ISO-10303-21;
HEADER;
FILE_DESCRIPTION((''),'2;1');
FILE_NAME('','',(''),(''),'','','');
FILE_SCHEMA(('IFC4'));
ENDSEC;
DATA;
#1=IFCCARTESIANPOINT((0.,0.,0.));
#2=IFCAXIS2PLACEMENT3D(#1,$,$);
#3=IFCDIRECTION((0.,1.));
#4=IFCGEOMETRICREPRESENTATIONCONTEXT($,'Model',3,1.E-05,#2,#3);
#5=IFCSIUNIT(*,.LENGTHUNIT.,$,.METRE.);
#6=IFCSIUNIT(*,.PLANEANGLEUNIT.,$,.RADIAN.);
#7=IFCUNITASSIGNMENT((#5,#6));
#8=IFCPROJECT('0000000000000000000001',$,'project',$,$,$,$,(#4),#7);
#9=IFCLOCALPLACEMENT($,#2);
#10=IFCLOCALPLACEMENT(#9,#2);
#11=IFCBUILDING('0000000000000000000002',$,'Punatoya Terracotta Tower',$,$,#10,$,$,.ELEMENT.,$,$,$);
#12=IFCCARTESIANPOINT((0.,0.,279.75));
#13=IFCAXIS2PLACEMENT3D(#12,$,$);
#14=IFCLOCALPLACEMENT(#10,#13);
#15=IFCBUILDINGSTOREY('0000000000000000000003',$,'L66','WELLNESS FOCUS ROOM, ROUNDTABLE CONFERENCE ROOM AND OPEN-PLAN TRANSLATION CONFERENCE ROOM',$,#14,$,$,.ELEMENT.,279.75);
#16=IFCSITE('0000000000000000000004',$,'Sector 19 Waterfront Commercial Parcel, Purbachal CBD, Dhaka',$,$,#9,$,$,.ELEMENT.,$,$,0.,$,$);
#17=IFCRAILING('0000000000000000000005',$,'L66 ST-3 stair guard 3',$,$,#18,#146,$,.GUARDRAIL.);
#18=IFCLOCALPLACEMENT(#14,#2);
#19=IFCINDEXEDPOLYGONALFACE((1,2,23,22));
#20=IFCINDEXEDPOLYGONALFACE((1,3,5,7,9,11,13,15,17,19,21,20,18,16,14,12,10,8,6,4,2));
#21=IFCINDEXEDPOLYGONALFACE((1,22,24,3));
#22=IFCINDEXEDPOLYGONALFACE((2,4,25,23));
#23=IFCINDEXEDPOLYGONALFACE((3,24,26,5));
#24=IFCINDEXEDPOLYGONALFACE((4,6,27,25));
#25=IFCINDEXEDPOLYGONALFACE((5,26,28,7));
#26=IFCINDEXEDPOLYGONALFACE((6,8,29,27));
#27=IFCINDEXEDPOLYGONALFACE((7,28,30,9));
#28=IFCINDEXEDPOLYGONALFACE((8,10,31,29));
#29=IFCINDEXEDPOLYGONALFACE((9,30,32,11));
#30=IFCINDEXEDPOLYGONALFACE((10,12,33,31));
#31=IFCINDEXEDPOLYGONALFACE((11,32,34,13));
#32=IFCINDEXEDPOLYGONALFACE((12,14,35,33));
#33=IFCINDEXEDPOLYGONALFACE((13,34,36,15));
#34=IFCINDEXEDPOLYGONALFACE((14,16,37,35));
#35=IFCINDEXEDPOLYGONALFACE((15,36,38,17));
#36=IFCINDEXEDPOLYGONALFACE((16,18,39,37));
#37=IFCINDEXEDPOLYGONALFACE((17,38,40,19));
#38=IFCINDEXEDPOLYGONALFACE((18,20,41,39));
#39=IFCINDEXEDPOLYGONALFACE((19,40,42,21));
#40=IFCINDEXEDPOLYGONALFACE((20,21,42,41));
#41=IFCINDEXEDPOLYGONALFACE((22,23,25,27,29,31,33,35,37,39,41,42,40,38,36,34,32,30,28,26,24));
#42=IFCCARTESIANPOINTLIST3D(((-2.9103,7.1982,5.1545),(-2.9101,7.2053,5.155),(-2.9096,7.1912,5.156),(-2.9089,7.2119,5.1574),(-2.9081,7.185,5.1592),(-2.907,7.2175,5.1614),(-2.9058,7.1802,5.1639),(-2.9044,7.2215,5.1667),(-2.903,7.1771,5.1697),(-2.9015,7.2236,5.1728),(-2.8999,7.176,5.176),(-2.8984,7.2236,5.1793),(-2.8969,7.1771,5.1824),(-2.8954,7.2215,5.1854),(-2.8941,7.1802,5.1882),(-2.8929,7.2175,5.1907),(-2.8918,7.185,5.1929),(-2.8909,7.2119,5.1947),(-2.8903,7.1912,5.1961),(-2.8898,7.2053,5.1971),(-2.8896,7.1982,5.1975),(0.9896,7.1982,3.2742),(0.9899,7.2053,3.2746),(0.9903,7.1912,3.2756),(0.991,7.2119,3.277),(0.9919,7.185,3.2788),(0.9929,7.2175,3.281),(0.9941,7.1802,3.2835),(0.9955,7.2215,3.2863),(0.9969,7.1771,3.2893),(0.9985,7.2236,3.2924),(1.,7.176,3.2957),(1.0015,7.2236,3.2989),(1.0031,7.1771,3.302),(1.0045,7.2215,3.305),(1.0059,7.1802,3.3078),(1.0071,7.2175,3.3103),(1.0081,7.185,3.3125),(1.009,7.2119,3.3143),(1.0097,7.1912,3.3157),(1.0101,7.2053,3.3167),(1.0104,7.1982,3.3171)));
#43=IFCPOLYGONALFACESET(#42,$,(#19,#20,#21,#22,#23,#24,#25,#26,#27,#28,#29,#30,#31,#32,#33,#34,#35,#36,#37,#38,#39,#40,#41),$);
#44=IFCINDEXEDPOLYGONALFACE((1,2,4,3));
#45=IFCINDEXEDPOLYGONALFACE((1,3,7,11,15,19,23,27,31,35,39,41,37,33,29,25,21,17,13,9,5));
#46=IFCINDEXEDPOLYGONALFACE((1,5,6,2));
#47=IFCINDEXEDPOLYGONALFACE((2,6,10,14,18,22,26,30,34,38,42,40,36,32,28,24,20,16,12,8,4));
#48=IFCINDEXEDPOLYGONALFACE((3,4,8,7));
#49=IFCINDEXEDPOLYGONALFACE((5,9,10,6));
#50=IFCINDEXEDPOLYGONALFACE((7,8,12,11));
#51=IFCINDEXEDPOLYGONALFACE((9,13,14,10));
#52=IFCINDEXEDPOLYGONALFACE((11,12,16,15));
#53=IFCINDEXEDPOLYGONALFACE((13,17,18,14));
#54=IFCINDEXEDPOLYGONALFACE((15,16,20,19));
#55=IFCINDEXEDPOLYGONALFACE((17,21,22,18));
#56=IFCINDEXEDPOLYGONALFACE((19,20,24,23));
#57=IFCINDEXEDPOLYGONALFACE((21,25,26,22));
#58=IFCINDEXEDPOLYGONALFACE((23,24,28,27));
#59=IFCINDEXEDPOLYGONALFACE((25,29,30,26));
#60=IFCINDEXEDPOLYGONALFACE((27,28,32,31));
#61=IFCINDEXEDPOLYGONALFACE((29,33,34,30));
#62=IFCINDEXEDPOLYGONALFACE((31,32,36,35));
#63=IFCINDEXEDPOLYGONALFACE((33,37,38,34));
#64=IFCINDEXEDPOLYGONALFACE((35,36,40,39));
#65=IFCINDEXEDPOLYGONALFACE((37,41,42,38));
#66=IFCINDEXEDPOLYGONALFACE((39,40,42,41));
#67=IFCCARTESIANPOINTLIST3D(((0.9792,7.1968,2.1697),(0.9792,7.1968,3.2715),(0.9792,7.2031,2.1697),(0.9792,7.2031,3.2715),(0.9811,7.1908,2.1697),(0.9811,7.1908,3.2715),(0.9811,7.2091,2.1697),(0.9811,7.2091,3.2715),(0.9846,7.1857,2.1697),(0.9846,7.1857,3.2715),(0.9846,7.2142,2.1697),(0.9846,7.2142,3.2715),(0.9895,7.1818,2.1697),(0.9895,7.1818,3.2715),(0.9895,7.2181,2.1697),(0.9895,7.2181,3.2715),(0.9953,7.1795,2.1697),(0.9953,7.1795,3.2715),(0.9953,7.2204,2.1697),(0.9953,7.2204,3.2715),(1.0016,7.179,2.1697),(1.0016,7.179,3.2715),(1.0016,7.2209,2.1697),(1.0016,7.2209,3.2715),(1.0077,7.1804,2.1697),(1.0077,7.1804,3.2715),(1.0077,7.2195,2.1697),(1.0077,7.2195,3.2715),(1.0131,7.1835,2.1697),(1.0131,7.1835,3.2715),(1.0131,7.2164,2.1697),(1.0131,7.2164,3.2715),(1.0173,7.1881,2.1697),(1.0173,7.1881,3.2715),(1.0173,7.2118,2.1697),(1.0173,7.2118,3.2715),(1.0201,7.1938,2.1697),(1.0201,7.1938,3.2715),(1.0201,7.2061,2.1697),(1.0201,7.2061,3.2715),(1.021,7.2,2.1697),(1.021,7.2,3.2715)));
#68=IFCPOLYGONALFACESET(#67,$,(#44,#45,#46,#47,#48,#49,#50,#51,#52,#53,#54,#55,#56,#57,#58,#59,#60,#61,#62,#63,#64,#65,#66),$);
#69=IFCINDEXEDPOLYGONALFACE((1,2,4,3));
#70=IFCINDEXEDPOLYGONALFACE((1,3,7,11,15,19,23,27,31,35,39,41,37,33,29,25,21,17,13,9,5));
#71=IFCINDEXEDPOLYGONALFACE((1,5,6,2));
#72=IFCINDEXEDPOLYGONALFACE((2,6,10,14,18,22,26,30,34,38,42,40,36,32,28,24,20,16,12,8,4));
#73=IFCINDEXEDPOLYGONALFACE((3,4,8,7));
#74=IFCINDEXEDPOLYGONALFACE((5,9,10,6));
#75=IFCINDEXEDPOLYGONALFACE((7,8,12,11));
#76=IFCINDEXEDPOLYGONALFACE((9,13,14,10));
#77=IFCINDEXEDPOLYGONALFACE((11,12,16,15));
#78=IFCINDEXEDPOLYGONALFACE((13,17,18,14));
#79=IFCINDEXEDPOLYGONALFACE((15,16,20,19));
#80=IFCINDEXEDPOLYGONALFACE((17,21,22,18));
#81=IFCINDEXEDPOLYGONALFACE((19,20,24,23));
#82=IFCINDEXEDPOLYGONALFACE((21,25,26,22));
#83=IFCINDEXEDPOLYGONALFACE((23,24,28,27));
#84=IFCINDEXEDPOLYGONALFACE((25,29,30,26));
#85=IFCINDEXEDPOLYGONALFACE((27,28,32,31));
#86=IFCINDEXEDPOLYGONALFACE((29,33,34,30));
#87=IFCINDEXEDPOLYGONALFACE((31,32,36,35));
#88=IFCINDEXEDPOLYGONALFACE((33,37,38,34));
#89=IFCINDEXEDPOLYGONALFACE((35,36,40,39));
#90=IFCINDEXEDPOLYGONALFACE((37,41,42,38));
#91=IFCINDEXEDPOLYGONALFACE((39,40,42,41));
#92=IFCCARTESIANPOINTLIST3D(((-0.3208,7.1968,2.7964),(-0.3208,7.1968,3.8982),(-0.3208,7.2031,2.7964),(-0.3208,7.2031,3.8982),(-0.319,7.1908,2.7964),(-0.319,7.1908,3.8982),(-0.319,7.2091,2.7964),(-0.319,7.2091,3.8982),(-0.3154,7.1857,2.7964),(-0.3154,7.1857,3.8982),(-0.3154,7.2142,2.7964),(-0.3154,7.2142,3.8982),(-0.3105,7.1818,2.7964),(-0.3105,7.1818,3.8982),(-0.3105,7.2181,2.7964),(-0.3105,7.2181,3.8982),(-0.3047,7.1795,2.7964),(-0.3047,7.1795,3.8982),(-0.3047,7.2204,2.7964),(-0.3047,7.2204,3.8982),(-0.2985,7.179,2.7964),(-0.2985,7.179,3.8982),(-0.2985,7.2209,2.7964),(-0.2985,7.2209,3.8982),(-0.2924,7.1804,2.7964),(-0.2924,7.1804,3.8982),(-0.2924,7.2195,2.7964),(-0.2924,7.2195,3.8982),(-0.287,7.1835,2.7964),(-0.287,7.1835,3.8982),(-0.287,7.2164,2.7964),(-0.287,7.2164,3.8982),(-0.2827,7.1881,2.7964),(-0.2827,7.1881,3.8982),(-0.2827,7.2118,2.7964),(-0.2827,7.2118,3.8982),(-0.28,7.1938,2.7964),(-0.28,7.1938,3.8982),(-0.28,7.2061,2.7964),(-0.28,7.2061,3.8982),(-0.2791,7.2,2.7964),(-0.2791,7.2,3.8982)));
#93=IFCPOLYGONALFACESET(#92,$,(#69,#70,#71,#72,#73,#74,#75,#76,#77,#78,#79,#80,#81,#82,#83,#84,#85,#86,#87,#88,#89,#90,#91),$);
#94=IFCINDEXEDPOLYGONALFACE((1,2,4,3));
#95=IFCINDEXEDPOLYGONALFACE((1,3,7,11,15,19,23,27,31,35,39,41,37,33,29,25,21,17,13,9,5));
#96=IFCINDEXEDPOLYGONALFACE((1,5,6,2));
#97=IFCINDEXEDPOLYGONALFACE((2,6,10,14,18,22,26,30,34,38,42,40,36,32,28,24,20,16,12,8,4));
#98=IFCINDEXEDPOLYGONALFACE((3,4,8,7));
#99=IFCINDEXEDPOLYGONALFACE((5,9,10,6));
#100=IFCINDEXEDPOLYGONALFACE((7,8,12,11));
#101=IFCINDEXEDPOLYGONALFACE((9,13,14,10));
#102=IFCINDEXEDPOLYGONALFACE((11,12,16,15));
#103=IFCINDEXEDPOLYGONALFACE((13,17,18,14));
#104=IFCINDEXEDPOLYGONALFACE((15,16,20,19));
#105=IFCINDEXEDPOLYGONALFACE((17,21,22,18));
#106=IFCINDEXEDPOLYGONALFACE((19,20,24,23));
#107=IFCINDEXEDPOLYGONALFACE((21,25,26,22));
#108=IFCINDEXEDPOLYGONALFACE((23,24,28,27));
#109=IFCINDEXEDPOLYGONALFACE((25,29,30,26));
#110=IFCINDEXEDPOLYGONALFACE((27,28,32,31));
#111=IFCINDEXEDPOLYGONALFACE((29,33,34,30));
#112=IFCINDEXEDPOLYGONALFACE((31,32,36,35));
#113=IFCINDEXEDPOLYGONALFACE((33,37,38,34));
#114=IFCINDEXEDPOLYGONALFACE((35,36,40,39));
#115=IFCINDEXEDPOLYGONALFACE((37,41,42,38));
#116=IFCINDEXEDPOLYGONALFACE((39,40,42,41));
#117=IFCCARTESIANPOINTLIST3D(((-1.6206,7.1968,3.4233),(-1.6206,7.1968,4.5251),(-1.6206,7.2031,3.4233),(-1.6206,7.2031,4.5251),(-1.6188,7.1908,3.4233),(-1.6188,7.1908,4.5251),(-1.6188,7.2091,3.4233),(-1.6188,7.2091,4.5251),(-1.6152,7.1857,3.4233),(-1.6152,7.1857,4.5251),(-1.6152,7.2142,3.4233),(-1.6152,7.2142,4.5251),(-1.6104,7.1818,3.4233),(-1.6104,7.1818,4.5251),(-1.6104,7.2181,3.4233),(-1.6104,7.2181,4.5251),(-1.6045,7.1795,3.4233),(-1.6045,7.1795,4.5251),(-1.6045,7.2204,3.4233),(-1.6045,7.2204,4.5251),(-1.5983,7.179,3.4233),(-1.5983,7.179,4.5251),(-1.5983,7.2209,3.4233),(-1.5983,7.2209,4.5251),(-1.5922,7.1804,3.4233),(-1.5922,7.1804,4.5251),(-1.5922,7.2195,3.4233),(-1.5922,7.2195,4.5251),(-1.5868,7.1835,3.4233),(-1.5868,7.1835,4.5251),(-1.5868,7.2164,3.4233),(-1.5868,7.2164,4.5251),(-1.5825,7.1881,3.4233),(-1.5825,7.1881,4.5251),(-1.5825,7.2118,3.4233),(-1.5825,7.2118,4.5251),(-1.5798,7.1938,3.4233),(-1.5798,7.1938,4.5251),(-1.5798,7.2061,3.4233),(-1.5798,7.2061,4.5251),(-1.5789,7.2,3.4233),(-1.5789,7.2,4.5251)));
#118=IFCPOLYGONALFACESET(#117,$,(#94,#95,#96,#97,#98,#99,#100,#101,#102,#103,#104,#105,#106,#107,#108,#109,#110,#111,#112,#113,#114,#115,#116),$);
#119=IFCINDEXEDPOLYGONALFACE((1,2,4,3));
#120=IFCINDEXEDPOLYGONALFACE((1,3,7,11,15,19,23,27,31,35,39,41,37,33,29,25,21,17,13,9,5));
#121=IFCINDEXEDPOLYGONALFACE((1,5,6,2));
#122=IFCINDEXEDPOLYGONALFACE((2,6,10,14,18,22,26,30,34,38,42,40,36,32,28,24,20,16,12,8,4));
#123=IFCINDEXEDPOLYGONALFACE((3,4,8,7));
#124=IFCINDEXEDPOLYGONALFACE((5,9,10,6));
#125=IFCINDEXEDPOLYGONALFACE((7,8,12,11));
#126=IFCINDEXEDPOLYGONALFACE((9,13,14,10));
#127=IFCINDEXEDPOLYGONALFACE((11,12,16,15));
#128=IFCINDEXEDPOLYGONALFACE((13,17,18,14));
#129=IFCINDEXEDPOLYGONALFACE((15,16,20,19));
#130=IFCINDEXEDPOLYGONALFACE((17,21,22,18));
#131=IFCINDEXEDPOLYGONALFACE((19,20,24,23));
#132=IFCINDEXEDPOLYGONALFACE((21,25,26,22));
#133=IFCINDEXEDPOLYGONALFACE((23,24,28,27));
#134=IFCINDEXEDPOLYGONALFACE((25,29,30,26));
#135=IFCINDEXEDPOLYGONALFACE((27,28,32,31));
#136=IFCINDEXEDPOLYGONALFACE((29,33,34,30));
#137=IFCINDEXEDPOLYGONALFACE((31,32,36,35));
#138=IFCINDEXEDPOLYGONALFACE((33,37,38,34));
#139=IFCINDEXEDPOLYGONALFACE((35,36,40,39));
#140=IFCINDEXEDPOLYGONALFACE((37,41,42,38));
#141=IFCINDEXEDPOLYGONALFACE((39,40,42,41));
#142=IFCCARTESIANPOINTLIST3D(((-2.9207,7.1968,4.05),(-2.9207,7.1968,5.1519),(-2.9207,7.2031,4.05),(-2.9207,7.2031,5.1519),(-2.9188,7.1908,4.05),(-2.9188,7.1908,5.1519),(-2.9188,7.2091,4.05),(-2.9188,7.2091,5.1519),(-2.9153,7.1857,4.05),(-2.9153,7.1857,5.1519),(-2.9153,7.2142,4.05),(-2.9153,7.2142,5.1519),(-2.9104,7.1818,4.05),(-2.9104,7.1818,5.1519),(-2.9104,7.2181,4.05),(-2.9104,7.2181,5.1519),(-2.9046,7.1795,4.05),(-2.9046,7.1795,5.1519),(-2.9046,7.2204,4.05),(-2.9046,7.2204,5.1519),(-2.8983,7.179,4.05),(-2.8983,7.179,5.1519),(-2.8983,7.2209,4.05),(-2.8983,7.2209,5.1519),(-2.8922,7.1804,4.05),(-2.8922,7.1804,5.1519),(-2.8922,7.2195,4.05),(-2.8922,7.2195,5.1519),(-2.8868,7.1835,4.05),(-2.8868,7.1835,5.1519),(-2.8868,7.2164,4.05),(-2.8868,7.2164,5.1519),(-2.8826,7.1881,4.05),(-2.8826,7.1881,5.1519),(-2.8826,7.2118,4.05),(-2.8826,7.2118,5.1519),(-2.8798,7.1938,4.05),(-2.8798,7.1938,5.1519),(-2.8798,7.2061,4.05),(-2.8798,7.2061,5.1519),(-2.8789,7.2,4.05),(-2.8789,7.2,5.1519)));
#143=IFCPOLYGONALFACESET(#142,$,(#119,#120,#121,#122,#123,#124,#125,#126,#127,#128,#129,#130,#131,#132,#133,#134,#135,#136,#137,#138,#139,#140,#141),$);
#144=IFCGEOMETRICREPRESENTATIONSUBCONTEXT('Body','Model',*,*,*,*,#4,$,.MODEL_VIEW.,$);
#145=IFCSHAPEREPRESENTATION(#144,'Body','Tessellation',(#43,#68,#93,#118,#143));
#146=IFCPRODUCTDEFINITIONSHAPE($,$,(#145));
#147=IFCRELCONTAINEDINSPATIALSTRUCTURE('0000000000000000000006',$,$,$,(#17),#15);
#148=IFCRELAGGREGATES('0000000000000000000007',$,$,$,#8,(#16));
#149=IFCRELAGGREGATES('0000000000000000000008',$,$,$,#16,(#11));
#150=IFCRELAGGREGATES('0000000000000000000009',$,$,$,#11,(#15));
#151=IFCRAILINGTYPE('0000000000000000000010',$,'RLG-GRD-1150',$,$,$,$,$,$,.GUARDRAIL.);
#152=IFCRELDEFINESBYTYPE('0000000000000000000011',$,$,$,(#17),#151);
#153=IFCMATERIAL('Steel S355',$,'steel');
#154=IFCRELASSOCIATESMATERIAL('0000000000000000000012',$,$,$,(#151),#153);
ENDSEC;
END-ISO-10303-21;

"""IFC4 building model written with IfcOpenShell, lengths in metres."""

from ifc_helpers import new_model, si_unit, direction, frame, origin, origin_2d, place, context, subcontext, project, spatial, circle, extrude, material, type_object, element, save


model = new_model("IFC4")

# Units and contexts
model_context = context("Model", 3, precision=1e-05, world=origin(), true_north=direction((0.0, 1.0)))
body_context = subcontext(model_context, "Body", "Model", "MODEL_VIEW")
ifc_project = project(units=[si_unit("LENGTHUNIT", "METRE"), si_unit("PLANEANGLEUNIT", "RADIAN")], contexts=[model_context])

# Site, building, storey
site_placement = place(None, origin())
site = spatial("IfcSite", under=ifc_project, at=site_placement, Name="Sector 19 Waterfront Commercial Parcel, Purbachal CBD, Dhaka", CompositionType="ELEMENT", RefElevation=0.0)
building_placement = place(site_placement, origin())
building = spatial("IfcBuilding", under=site, at=building_placement, Name="Punatoya Terracotta Tower", CompositionType="ELEMENT")
storey_placement = place(building_placement, frame((0.0, 0.0, 279.75)))
storey = spatial("IfcBuildingStorey", under=building, at=storey_placement, Name="L66", Description="WELLNESS FOCUS ROOM, ROUNDTABLE CONFERENCE ROOM AND OPEN-PLAN TRANSLATION CONFERENCE ROOM", CompositionType="ELEMENT", Elevation=279.75)

# Shared definitions
ifc_material_1 = material(Name="Steel S355", Category="steel")

# Railing
railing_type_1 = type_object("IfcRailingType", Name="RLG-GRD-1150", PredefinedType="GUARDRAIL", material=ifc_material_1)
railing_1_placement = place(storey_placement, frame((1.0, 7.2, 2.1697)))
element("IfcRailing", 1, at=railing_1_placement, inside=storey, type_object=railing_type_1, Name="L66 ST-3 stair guard 3", PredefinedType="GUARDRAIL", context=body_context, shape_type="SweptSolid", body=[
    extrude(circle(Radius=0.0239, at=origin_2d()), frame((0.0, 0.0, 1.126), z_axis=(-0.900763, 0.0, 0.434311), x_axis=(0.0, -1.0, 0.0)), (0.0, 0.0, 1.0), 4.3296),
    extrude(circle(Radius=0.021, at=origin_2d()), origin(), (0.0, 0.0, 1.0), 1.1018),
    extrude(circle(Radius=0.021, at=origin_2d()), frame((-1.3, 0.0, 0.6267)), (0.0, 0.0, 1.0), 1.1018),
    extrude(circle(Radius=0.021, at=origin_2d()), frame((-2.5999, 0.0, 1.2537)), (0.0, 0.0, 1.0), 1.1018),
    extrude(circle(Radius=0.021, at=origin_2d()), frame((-3.8999, 0.0, 1.8804)), (0.0, 0.0, 1.0), 1.1018),
])

save(model, "model.ifc")
